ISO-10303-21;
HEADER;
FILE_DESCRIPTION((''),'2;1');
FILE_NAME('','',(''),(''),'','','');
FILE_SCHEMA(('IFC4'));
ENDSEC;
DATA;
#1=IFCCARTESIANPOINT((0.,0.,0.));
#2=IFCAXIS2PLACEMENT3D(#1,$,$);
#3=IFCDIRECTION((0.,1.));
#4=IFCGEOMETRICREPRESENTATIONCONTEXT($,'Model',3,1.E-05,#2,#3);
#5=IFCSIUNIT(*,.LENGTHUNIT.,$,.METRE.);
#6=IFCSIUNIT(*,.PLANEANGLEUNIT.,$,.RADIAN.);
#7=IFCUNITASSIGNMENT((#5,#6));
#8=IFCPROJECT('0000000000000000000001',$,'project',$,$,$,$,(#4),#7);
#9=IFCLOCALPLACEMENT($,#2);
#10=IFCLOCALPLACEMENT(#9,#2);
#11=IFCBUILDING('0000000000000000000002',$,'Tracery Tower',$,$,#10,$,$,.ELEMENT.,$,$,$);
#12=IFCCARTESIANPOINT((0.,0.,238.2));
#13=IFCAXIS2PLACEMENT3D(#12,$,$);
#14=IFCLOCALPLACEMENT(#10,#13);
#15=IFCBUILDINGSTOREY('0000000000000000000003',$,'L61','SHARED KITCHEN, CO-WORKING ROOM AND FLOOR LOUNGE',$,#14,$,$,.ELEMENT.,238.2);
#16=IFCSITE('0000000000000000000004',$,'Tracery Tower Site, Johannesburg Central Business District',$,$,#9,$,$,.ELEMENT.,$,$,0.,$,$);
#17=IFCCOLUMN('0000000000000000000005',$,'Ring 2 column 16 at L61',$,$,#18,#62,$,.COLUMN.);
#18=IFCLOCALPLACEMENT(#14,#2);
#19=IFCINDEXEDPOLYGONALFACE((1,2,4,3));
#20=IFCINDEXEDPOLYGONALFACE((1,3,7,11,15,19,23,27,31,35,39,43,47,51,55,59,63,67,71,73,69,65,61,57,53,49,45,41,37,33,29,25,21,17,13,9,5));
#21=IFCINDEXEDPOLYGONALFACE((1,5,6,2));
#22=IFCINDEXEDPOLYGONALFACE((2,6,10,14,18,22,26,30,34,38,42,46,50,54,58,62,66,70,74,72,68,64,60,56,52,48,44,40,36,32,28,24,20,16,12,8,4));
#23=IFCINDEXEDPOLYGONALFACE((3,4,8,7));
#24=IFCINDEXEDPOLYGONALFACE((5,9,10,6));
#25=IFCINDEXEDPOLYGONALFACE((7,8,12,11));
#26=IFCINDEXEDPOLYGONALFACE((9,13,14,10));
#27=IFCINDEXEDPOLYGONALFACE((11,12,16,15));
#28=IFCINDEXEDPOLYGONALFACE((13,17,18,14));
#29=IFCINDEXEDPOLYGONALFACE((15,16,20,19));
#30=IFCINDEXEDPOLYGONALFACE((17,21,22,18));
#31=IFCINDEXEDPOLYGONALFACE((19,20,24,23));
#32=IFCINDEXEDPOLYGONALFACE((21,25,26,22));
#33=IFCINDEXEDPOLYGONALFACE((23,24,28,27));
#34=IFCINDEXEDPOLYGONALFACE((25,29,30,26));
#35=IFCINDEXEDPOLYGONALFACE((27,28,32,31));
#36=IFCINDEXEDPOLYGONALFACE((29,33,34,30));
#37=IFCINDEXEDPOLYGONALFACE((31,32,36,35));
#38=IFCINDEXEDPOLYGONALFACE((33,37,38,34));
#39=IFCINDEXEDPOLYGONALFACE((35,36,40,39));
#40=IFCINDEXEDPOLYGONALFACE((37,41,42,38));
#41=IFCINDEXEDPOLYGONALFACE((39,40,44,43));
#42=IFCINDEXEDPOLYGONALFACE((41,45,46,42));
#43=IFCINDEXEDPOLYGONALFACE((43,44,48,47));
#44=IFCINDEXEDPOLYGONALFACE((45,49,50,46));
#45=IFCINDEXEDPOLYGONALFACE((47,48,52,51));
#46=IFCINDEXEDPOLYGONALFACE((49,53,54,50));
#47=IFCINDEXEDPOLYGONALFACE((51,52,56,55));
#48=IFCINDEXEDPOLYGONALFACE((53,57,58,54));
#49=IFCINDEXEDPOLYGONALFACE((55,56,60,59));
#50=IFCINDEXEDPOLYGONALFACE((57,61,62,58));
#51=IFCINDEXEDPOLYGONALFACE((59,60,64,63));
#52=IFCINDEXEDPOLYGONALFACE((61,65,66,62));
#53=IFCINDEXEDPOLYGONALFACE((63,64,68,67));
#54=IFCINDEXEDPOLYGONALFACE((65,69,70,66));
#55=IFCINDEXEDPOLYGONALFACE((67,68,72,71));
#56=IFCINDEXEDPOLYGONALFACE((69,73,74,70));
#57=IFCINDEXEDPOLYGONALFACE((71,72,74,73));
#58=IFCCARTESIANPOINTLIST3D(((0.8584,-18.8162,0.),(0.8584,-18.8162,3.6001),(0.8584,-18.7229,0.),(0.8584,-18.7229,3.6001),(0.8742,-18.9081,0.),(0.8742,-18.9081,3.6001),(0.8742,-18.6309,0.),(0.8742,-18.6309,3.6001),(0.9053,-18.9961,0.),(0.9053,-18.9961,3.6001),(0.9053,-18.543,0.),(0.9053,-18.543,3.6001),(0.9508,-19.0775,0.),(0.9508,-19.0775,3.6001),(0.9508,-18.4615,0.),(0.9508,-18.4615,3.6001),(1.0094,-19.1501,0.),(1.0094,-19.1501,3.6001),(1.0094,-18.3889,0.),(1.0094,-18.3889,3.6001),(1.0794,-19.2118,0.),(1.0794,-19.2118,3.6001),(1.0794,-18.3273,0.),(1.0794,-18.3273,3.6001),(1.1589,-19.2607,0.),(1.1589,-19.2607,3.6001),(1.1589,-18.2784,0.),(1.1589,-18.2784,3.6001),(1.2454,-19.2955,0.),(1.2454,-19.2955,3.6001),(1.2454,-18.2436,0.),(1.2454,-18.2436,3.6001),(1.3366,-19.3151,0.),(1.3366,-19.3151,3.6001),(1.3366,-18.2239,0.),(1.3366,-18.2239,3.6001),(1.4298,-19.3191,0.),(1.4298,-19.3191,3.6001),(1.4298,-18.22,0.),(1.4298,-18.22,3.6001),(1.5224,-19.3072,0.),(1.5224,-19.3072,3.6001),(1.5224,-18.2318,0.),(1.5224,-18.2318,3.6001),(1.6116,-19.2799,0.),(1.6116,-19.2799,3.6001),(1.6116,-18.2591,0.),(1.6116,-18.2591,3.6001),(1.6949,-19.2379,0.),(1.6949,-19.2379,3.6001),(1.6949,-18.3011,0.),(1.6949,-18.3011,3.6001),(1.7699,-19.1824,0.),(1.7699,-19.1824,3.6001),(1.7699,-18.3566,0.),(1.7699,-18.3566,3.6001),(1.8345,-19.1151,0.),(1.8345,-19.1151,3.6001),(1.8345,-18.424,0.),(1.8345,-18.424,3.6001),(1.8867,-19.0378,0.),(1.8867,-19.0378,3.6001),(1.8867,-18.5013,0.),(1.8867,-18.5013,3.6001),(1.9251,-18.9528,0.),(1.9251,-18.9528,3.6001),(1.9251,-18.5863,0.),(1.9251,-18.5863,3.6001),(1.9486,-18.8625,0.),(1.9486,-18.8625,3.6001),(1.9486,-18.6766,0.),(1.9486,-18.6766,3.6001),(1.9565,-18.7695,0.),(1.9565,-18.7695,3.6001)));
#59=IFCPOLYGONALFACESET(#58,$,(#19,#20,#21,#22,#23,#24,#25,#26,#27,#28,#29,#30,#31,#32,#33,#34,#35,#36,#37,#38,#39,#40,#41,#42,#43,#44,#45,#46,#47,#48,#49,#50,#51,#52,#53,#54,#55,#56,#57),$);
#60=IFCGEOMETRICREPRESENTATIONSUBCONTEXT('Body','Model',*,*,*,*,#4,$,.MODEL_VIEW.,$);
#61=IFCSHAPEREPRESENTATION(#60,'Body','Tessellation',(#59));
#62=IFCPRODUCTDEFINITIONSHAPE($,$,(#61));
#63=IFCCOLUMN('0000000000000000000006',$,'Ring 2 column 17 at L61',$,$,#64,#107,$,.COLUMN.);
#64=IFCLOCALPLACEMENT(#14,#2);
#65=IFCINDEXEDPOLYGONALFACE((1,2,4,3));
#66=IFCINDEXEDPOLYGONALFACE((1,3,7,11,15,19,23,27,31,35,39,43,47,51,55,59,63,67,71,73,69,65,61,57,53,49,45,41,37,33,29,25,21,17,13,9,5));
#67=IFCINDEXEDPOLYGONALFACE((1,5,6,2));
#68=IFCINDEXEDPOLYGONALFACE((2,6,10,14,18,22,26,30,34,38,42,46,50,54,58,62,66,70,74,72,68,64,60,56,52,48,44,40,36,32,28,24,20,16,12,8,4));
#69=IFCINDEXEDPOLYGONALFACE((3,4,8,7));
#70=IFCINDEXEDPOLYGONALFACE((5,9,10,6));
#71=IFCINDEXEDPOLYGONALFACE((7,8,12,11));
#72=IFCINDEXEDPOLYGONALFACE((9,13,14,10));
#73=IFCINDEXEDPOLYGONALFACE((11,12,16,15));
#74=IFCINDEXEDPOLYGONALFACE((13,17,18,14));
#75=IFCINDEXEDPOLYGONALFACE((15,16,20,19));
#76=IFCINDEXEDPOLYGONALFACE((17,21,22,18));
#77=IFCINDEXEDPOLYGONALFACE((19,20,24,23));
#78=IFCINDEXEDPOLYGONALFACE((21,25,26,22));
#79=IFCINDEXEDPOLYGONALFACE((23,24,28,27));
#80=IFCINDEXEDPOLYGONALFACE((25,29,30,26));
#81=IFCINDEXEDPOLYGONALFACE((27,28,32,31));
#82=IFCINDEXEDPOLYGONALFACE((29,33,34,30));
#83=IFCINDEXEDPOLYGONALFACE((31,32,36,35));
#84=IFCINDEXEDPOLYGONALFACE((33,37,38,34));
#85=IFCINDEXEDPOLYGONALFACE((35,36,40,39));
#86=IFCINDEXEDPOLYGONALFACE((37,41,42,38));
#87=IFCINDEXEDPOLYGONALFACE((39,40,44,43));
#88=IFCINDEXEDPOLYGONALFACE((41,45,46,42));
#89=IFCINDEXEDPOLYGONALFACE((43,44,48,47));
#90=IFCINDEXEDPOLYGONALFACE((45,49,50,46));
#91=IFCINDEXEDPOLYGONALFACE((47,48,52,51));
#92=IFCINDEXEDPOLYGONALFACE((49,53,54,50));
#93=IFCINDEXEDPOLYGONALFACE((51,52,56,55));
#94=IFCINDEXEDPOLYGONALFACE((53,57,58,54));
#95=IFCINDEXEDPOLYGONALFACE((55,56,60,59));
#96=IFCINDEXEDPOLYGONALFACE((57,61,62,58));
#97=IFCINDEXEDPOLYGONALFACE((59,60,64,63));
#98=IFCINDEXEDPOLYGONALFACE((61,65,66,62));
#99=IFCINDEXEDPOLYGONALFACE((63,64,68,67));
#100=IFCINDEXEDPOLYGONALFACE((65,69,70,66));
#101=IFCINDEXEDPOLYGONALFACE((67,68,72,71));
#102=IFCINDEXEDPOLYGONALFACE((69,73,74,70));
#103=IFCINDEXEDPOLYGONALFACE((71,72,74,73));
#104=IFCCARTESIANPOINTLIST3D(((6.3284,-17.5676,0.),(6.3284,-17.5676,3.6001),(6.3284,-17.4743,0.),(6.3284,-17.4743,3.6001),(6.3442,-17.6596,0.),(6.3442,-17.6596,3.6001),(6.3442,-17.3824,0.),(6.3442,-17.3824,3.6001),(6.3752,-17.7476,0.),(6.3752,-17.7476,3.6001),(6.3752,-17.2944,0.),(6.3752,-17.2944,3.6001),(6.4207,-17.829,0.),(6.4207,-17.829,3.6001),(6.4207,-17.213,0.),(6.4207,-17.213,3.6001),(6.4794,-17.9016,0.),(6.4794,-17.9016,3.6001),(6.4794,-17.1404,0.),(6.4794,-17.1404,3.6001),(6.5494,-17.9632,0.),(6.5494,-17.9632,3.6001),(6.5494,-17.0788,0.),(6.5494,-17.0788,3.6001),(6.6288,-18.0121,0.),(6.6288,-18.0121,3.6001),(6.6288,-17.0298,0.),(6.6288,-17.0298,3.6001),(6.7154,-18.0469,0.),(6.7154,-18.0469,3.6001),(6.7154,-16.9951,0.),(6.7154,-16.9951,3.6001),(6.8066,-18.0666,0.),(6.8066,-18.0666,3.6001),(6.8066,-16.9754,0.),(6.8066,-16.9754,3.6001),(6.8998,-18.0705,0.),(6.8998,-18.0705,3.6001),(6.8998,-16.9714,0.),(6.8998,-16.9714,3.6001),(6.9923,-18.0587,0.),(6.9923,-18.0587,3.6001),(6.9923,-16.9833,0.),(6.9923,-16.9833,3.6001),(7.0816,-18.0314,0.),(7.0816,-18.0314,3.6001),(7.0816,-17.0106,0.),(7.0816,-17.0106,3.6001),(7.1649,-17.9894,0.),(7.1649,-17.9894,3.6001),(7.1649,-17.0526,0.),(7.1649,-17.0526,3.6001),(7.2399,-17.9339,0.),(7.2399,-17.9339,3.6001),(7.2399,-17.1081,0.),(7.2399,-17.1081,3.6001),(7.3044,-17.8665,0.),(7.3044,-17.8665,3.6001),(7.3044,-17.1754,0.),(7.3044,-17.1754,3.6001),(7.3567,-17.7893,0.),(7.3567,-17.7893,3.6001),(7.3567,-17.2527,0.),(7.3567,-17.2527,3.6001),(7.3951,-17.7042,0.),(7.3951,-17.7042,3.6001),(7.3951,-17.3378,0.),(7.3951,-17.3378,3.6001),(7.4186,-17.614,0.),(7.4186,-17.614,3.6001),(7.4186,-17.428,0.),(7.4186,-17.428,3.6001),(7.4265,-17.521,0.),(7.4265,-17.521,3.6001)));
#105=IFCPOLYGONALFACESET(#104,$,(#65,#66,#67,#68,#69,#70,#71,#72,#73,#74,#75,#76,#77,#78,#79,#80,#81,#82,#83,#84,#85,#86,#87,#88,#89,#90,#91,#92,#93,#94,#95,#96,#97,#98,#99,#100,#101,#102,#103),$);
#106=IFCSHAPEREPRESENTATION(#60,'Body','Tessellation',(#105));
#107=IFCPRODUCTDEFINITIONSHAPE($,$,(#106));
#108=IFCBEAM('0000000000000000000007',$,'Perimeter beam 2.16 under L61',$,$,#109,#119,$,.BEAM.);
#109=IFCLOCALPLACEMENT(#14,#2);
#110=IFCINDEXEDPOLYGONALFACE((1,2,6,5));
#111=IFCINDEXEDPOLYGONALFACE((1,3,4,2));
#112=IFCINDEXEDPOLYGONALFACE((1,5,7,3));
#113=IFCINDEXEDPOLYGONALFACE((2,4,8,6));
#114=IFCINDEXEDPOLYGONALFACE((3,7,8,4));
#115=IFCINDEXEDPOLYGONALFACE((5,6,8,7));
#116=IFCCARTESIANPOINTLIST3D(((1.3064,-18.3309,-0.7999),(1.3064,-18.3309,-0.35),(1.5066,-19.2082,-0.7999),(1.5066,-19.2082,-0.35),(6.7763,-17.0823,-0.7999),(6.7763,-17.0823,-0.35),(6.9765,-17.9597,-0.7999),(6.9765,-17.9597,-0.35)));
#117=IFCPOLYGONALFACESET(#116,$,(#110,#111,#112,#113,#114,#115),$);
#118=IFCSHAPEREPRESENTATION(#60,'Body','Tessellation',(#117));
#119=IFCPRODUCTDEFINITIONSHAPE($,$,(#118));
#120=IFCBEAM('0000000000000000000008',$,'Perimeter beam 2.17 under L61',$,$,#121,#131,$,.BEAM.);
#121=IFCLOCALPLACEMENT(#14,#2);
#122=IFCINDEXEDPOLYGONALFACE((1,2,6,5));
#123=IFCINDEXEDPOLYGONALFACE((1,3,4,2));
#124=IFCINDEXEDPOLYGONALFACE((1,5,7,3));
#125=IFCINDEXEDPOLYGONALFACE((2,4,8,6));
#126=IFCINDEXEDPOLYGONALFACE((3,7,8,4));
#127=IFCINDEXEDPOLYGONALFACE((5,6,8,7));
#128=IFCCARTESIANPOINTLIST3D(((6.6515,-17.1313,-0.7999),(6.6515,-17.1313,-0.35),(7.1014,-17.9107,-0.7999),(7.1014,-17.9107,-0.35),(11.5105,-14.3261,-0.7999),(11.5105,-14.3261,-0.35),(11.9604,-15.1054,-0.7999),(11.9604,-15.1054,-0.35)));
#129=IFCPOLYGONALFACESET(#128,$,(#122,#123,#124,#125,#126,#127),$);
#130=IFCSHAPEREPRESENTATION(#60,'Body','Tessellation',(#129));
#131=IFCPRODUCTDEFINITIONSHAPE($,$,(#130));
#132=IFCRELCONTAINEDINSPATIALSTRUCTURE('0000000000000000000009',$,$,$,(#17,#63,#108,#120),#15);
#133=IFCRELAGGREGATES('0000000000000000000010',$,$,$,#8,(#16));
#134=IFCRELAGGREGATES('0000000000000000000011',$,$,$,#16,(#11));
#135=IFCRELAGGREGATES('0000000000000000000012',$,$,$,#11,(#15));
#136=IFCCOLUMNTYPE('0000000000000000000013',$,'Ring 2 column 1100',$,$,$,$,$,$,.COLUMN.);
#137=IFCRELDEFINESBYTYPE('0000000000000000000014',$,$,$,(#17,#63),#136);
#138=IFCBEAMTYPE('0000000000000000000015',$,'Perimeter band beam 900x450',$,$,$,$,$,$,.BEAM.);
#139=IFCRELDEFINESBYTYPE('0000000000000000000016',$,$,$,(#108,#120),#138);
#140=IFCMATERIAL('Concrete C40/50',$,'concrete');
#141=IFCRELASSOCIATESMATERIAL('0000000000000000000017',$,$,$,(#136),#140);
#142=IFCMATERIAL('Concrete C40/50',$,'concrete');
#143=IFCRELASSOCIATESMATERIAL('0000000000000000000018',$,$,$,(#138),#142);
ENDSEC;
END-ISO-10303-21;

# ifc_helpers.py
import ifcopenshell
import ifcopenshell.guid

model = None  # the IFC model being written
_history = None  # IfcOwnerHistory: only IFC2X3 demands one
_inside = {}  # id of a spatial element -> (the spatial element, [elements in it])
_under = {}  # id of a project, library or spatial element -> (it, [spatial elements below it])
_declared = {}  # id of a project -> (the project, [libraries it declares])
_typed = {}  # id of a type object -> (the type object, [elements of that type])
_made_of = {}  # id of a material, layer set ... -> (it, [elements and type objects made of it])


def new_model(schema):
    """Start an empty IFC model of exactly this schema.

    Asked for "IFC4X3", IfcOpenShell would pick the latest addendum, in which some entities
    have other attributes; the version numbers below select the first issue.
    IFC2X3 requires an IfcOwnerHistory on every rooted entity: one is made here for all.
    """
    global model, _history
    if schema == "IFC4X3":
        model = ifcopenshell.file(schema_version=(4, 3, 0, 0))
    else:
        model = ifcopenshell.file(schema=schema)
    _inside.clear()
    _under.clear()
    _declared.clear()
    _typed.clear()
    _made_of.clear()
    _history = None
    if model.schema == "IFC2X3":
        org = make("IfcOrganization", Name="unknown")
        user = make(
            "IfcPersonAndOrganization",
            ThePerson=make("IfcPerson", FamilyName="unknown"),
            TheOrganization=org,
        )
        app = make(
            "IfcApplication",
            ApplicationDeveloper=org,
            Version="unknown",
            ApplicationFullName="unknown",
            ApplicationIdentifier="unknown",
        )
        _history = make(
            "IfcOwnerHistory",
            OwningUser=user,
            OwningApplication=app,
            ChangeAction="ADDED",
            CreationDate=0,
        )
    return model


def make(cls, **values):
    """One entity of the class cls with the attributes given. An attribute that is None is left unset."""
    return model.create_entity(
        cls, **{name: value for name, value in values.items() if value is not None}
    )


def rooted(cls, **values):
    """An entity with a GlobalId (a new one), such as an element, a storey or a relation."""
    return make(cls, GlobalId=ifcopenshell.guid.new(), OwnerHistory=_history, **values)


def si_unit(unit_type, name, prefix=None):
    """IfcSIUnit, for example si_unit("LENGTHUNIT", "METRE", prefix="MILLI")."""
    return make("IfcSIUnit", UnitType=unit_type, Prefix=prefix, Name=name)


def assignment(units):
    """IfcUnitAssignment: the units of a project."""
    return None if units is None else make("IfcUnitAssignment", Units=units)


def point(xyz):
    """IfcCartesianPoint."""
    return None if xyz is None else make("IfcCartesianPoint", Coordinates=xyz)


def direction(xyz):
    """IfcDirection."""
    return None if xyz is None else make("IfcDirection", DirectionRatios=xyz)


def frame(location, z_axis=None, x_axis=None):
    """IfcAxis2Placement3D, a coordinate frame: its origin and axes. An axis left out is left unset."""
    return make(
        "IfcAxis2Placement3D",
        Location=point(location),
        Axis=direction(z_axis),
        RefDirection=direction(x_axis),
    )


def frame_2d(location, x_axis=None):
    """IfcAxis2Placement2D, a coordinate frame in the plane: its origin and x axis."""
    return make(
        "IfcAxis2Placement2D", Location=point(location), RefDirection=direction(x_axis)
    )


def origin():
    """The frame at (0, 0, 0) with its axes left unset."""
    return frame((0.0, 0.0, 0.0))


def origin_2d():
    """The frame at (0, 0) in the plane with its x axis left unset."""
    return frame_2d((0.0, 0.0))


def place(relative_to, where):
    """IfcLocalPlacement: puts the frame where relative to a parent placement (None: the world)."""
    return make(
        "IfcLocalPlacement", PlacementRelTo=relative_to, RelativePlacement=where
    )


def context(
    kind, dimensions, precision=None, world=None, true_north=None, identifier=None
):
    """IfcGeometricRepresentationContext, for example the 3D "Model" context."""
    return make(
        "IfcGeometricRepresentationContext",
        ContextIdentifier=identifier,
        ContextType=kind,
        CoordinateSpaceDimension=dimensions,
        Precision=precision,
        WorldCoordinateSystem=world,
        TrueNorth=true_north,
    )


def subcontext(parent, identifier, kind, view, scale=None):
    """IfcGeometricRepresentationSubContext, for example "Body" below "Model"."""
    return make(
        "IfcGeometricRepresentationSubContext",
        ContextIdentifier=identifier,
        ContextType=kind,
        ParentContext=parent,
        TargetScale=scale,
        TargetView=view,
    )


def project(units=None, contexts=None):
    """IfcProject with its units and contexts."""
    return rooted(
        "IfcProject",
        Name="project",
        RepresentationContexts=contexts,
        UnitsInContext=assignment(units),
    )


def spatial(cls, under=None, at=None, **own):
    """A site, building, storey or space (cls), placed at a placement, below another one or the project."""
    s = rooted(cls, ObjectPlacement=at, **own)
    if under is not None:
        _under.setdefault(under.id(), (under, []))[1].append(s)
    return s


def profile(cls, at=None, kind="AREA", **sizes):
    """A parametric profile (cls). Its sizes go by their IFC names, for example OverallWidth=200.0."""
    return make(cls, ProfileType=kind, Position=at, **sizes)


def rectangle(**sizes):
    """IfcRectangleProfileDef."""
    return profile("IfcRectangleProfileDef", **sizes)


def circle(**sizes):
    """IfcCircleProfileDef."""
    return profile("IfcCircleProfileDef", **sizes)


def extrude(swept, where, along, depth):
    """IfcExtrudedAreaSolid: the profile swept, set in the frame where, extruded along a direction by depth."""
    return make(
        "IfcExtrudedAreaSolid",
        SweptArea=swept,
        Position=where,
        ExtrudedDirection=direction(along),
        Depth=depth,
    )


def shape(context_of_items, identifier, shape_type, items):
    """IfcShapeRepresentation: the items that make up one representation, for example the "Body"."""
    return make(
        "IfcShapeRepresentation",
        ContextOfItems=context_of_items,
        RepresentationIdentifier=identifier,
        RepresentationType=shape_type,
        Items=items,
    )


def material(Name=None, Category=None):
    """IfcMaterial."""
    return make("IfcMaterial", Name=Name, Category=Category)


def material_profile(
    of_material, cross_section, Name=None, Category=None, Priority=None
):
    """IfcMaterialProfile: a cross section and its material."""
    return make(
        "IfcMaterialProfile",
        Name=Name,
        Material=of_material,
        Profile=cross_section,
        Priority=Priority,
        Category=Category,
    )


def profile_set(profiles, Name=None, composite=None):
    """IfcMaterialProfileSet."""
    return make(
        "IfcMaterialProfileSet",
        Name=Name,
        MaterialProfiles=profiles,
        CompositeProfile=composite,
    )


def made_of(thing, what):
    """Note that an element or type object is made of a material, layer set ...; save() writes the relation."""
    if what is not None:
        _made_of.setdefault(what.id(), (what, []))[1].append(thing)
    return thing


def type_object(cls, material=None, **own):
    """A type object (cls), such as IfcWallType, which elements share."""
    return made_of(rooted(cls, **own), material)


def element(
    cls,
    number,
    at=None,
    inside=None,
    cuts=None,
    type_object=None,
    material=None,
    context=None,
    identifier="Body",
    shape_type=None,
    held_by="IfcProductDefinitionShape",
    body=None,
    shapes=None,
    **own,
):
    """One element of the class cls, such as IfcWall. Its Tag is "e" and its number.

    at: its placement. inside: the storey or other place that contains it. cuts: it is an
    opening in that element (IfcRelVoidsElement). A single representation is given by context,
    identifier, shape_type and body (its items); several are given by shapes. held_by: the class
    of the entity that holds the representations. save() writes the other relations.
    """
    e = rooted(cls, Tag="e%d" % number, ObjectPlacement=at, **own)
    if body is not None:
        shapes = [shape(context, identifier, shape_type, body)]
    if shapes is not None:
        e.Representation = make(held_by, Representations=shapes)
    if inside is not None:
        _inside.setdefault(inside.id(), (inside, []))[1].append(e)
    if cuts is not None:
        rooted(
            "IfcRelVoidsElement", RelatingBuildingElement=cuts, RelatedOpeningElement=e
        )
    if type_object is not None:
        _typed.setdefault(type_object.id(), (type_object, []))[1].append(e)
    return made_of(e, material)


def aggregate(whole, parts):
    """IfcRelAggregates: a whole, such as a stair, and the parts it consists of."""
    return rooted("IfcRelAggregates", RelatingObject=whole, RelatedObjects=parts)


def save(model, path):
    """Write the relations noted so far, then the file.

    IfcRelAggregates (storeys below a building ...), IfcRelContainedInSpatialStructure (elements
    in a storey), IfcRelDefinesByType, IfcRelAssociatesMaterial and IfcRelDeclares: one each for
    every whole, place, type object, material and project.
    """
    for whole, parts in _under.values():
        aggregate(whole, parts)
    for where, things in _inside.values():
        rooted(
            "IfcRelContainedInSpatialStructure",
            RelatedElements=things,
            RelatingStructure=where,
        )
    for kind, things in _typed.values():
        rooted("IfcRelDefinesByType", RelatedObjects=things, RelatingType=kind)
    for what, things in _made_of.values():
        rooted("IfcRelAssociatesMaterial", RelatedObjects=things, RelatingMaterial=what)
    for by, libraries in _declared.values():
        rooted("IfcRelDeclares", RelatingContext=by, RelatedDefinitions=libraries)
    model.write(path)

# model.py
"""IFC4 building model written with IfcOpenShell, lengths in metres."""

from ifc_helpers import new_model, si_unit, direction, frame, origin, origin_2d, place, context, subcontext, project, spatial, rectangle, circle, extrude, material, material_profile, profile_set, type_object, element, save


model = new_model("IFC4")

# Units and contexts
model_context = context("Model", 3, precision=1e-05, world=origin(), true_north=direction((0.0, 1.0)))
body_context = subcontext(model_context, "Body", "Model", "MODEL_VIEW")
ifc_project = project(units=[si_unit("LENGTHUNIT", "METRE"), si_unit("PLANEANGLEUNIT", "RADIAN")], contexts=[model_context])

# Site, building, storey
site_placement = place(None, origin())
site = spatial("IfcSite", under=ifc_project, at=site_placement, Name="Tracery Tower Site, Johannesburg Central Business District", CompositionType="ELEMENT", RefElevation=0.0)
building_placement = place(site_placement, origin())
building = spatial("IfcBuilding", under=site, at=building_placement, Name="Tracery Tower", CompositionType="ELEMENT")
storey_placement = place(building_placement, frame((0.0, 0.0, 238.2)))
storey = spatial("IfcBuildingStorey", under=building, at=storey_placement, Name="L61", Description="SHARED KITCHEN, CO-WORKING ROOM AND FLOOR LOUNGE", CompositionType="ELEMENT", Elevation=238.2)

# Columns
ifc_material_1 = material(Name="Concrete C40/50", Category="concrete")
ifc_material_profile_1 = material_profile(ifc_material_1, circle(Radius=0.55, at=origin_2d()), Name="RC D1100")
ifc_profile_set_1 = profile_set([ifc_material_profile_1], Name="Concrete C40/50")
column_type = type_object("IfcColumnType", Name="Ring 2 column 1100", PredefinedType="COLUMN", material=ifc_profile_set_1)
for number, where, z_axis, x_axis, name in (
    (1, (1.4065, -18.7695, 0.0), (0.0, 0.0, 1.0), (1.0, 0.0, 0.0), "Ring 2 column 16 at L61"),
    (2, (6.8765, -17.521, 0.0), (0.0, 0.0, 1.0), (1.0, 0.0, 0.0), "Ring 2 column 17 at L61"),
):
    element("IfcColumn", number, at=place(storey_placement, frame(where, z_axis=z_axis, x_axis=x_axis)), inside=storey, type_object=column_type, Name=name, PredefinedType="COLUMN", context=body_context, shape_type="SweptSolid", body=[
        extrude(circle(Radius=0.55, at=origin_2d()), origin(), (0.0, 0.0, 1.0), 3.6001),
    ])

# Beams
ifc_material_2 = material(Name="Concrete C40/50", Category="concrete")
ifc_material_profile_2 = material_profile(ifc_material_2, rectangle(XDim=0.8999, YDim=0.45, at=origin_2d()), Name="RC 900x450")
ifc_profile_set_2 = profile_set([ifc_material_profile_2], Name="Concrete C40/50")
beam_type = type_object("IfcBeamType", Name="Perimeter band beam 900x450", PredefinedType="BEAM", material=ifc_profile_set_2)
for number, where, z_axis, x_axis, name in (
    (3, (1.4065, -18.7695, -0.575), (0.974926, 0.222529, 0.0), (-0.222529, 0.974926, 0.0), "Perimeter beam 2.16 under L61"),
    (4, (6.8765, -17.521, -0.575), (0.866033, 0.499986, 0.0), (-0.499986, 0.866033, 0.0), "Perimeter beam 2.17 under L61"),
):
    element("IfcBeam", number, at=place(storey_placement, frame(where, z_axis=z_axis, x_axis=x_axis)), inside=storey, type_object=beam_type, Name=name, PredefinedType="BEAM", context=body_context, shape_type="SweptSolid", body=[
        extrude(rectangle(XDim=0.8999, YDim=0.45, at=origin_2d()), origin(), (0.0, 0.0, 1.0), 5.6106),
    ])

save(model, "model.ifc")
